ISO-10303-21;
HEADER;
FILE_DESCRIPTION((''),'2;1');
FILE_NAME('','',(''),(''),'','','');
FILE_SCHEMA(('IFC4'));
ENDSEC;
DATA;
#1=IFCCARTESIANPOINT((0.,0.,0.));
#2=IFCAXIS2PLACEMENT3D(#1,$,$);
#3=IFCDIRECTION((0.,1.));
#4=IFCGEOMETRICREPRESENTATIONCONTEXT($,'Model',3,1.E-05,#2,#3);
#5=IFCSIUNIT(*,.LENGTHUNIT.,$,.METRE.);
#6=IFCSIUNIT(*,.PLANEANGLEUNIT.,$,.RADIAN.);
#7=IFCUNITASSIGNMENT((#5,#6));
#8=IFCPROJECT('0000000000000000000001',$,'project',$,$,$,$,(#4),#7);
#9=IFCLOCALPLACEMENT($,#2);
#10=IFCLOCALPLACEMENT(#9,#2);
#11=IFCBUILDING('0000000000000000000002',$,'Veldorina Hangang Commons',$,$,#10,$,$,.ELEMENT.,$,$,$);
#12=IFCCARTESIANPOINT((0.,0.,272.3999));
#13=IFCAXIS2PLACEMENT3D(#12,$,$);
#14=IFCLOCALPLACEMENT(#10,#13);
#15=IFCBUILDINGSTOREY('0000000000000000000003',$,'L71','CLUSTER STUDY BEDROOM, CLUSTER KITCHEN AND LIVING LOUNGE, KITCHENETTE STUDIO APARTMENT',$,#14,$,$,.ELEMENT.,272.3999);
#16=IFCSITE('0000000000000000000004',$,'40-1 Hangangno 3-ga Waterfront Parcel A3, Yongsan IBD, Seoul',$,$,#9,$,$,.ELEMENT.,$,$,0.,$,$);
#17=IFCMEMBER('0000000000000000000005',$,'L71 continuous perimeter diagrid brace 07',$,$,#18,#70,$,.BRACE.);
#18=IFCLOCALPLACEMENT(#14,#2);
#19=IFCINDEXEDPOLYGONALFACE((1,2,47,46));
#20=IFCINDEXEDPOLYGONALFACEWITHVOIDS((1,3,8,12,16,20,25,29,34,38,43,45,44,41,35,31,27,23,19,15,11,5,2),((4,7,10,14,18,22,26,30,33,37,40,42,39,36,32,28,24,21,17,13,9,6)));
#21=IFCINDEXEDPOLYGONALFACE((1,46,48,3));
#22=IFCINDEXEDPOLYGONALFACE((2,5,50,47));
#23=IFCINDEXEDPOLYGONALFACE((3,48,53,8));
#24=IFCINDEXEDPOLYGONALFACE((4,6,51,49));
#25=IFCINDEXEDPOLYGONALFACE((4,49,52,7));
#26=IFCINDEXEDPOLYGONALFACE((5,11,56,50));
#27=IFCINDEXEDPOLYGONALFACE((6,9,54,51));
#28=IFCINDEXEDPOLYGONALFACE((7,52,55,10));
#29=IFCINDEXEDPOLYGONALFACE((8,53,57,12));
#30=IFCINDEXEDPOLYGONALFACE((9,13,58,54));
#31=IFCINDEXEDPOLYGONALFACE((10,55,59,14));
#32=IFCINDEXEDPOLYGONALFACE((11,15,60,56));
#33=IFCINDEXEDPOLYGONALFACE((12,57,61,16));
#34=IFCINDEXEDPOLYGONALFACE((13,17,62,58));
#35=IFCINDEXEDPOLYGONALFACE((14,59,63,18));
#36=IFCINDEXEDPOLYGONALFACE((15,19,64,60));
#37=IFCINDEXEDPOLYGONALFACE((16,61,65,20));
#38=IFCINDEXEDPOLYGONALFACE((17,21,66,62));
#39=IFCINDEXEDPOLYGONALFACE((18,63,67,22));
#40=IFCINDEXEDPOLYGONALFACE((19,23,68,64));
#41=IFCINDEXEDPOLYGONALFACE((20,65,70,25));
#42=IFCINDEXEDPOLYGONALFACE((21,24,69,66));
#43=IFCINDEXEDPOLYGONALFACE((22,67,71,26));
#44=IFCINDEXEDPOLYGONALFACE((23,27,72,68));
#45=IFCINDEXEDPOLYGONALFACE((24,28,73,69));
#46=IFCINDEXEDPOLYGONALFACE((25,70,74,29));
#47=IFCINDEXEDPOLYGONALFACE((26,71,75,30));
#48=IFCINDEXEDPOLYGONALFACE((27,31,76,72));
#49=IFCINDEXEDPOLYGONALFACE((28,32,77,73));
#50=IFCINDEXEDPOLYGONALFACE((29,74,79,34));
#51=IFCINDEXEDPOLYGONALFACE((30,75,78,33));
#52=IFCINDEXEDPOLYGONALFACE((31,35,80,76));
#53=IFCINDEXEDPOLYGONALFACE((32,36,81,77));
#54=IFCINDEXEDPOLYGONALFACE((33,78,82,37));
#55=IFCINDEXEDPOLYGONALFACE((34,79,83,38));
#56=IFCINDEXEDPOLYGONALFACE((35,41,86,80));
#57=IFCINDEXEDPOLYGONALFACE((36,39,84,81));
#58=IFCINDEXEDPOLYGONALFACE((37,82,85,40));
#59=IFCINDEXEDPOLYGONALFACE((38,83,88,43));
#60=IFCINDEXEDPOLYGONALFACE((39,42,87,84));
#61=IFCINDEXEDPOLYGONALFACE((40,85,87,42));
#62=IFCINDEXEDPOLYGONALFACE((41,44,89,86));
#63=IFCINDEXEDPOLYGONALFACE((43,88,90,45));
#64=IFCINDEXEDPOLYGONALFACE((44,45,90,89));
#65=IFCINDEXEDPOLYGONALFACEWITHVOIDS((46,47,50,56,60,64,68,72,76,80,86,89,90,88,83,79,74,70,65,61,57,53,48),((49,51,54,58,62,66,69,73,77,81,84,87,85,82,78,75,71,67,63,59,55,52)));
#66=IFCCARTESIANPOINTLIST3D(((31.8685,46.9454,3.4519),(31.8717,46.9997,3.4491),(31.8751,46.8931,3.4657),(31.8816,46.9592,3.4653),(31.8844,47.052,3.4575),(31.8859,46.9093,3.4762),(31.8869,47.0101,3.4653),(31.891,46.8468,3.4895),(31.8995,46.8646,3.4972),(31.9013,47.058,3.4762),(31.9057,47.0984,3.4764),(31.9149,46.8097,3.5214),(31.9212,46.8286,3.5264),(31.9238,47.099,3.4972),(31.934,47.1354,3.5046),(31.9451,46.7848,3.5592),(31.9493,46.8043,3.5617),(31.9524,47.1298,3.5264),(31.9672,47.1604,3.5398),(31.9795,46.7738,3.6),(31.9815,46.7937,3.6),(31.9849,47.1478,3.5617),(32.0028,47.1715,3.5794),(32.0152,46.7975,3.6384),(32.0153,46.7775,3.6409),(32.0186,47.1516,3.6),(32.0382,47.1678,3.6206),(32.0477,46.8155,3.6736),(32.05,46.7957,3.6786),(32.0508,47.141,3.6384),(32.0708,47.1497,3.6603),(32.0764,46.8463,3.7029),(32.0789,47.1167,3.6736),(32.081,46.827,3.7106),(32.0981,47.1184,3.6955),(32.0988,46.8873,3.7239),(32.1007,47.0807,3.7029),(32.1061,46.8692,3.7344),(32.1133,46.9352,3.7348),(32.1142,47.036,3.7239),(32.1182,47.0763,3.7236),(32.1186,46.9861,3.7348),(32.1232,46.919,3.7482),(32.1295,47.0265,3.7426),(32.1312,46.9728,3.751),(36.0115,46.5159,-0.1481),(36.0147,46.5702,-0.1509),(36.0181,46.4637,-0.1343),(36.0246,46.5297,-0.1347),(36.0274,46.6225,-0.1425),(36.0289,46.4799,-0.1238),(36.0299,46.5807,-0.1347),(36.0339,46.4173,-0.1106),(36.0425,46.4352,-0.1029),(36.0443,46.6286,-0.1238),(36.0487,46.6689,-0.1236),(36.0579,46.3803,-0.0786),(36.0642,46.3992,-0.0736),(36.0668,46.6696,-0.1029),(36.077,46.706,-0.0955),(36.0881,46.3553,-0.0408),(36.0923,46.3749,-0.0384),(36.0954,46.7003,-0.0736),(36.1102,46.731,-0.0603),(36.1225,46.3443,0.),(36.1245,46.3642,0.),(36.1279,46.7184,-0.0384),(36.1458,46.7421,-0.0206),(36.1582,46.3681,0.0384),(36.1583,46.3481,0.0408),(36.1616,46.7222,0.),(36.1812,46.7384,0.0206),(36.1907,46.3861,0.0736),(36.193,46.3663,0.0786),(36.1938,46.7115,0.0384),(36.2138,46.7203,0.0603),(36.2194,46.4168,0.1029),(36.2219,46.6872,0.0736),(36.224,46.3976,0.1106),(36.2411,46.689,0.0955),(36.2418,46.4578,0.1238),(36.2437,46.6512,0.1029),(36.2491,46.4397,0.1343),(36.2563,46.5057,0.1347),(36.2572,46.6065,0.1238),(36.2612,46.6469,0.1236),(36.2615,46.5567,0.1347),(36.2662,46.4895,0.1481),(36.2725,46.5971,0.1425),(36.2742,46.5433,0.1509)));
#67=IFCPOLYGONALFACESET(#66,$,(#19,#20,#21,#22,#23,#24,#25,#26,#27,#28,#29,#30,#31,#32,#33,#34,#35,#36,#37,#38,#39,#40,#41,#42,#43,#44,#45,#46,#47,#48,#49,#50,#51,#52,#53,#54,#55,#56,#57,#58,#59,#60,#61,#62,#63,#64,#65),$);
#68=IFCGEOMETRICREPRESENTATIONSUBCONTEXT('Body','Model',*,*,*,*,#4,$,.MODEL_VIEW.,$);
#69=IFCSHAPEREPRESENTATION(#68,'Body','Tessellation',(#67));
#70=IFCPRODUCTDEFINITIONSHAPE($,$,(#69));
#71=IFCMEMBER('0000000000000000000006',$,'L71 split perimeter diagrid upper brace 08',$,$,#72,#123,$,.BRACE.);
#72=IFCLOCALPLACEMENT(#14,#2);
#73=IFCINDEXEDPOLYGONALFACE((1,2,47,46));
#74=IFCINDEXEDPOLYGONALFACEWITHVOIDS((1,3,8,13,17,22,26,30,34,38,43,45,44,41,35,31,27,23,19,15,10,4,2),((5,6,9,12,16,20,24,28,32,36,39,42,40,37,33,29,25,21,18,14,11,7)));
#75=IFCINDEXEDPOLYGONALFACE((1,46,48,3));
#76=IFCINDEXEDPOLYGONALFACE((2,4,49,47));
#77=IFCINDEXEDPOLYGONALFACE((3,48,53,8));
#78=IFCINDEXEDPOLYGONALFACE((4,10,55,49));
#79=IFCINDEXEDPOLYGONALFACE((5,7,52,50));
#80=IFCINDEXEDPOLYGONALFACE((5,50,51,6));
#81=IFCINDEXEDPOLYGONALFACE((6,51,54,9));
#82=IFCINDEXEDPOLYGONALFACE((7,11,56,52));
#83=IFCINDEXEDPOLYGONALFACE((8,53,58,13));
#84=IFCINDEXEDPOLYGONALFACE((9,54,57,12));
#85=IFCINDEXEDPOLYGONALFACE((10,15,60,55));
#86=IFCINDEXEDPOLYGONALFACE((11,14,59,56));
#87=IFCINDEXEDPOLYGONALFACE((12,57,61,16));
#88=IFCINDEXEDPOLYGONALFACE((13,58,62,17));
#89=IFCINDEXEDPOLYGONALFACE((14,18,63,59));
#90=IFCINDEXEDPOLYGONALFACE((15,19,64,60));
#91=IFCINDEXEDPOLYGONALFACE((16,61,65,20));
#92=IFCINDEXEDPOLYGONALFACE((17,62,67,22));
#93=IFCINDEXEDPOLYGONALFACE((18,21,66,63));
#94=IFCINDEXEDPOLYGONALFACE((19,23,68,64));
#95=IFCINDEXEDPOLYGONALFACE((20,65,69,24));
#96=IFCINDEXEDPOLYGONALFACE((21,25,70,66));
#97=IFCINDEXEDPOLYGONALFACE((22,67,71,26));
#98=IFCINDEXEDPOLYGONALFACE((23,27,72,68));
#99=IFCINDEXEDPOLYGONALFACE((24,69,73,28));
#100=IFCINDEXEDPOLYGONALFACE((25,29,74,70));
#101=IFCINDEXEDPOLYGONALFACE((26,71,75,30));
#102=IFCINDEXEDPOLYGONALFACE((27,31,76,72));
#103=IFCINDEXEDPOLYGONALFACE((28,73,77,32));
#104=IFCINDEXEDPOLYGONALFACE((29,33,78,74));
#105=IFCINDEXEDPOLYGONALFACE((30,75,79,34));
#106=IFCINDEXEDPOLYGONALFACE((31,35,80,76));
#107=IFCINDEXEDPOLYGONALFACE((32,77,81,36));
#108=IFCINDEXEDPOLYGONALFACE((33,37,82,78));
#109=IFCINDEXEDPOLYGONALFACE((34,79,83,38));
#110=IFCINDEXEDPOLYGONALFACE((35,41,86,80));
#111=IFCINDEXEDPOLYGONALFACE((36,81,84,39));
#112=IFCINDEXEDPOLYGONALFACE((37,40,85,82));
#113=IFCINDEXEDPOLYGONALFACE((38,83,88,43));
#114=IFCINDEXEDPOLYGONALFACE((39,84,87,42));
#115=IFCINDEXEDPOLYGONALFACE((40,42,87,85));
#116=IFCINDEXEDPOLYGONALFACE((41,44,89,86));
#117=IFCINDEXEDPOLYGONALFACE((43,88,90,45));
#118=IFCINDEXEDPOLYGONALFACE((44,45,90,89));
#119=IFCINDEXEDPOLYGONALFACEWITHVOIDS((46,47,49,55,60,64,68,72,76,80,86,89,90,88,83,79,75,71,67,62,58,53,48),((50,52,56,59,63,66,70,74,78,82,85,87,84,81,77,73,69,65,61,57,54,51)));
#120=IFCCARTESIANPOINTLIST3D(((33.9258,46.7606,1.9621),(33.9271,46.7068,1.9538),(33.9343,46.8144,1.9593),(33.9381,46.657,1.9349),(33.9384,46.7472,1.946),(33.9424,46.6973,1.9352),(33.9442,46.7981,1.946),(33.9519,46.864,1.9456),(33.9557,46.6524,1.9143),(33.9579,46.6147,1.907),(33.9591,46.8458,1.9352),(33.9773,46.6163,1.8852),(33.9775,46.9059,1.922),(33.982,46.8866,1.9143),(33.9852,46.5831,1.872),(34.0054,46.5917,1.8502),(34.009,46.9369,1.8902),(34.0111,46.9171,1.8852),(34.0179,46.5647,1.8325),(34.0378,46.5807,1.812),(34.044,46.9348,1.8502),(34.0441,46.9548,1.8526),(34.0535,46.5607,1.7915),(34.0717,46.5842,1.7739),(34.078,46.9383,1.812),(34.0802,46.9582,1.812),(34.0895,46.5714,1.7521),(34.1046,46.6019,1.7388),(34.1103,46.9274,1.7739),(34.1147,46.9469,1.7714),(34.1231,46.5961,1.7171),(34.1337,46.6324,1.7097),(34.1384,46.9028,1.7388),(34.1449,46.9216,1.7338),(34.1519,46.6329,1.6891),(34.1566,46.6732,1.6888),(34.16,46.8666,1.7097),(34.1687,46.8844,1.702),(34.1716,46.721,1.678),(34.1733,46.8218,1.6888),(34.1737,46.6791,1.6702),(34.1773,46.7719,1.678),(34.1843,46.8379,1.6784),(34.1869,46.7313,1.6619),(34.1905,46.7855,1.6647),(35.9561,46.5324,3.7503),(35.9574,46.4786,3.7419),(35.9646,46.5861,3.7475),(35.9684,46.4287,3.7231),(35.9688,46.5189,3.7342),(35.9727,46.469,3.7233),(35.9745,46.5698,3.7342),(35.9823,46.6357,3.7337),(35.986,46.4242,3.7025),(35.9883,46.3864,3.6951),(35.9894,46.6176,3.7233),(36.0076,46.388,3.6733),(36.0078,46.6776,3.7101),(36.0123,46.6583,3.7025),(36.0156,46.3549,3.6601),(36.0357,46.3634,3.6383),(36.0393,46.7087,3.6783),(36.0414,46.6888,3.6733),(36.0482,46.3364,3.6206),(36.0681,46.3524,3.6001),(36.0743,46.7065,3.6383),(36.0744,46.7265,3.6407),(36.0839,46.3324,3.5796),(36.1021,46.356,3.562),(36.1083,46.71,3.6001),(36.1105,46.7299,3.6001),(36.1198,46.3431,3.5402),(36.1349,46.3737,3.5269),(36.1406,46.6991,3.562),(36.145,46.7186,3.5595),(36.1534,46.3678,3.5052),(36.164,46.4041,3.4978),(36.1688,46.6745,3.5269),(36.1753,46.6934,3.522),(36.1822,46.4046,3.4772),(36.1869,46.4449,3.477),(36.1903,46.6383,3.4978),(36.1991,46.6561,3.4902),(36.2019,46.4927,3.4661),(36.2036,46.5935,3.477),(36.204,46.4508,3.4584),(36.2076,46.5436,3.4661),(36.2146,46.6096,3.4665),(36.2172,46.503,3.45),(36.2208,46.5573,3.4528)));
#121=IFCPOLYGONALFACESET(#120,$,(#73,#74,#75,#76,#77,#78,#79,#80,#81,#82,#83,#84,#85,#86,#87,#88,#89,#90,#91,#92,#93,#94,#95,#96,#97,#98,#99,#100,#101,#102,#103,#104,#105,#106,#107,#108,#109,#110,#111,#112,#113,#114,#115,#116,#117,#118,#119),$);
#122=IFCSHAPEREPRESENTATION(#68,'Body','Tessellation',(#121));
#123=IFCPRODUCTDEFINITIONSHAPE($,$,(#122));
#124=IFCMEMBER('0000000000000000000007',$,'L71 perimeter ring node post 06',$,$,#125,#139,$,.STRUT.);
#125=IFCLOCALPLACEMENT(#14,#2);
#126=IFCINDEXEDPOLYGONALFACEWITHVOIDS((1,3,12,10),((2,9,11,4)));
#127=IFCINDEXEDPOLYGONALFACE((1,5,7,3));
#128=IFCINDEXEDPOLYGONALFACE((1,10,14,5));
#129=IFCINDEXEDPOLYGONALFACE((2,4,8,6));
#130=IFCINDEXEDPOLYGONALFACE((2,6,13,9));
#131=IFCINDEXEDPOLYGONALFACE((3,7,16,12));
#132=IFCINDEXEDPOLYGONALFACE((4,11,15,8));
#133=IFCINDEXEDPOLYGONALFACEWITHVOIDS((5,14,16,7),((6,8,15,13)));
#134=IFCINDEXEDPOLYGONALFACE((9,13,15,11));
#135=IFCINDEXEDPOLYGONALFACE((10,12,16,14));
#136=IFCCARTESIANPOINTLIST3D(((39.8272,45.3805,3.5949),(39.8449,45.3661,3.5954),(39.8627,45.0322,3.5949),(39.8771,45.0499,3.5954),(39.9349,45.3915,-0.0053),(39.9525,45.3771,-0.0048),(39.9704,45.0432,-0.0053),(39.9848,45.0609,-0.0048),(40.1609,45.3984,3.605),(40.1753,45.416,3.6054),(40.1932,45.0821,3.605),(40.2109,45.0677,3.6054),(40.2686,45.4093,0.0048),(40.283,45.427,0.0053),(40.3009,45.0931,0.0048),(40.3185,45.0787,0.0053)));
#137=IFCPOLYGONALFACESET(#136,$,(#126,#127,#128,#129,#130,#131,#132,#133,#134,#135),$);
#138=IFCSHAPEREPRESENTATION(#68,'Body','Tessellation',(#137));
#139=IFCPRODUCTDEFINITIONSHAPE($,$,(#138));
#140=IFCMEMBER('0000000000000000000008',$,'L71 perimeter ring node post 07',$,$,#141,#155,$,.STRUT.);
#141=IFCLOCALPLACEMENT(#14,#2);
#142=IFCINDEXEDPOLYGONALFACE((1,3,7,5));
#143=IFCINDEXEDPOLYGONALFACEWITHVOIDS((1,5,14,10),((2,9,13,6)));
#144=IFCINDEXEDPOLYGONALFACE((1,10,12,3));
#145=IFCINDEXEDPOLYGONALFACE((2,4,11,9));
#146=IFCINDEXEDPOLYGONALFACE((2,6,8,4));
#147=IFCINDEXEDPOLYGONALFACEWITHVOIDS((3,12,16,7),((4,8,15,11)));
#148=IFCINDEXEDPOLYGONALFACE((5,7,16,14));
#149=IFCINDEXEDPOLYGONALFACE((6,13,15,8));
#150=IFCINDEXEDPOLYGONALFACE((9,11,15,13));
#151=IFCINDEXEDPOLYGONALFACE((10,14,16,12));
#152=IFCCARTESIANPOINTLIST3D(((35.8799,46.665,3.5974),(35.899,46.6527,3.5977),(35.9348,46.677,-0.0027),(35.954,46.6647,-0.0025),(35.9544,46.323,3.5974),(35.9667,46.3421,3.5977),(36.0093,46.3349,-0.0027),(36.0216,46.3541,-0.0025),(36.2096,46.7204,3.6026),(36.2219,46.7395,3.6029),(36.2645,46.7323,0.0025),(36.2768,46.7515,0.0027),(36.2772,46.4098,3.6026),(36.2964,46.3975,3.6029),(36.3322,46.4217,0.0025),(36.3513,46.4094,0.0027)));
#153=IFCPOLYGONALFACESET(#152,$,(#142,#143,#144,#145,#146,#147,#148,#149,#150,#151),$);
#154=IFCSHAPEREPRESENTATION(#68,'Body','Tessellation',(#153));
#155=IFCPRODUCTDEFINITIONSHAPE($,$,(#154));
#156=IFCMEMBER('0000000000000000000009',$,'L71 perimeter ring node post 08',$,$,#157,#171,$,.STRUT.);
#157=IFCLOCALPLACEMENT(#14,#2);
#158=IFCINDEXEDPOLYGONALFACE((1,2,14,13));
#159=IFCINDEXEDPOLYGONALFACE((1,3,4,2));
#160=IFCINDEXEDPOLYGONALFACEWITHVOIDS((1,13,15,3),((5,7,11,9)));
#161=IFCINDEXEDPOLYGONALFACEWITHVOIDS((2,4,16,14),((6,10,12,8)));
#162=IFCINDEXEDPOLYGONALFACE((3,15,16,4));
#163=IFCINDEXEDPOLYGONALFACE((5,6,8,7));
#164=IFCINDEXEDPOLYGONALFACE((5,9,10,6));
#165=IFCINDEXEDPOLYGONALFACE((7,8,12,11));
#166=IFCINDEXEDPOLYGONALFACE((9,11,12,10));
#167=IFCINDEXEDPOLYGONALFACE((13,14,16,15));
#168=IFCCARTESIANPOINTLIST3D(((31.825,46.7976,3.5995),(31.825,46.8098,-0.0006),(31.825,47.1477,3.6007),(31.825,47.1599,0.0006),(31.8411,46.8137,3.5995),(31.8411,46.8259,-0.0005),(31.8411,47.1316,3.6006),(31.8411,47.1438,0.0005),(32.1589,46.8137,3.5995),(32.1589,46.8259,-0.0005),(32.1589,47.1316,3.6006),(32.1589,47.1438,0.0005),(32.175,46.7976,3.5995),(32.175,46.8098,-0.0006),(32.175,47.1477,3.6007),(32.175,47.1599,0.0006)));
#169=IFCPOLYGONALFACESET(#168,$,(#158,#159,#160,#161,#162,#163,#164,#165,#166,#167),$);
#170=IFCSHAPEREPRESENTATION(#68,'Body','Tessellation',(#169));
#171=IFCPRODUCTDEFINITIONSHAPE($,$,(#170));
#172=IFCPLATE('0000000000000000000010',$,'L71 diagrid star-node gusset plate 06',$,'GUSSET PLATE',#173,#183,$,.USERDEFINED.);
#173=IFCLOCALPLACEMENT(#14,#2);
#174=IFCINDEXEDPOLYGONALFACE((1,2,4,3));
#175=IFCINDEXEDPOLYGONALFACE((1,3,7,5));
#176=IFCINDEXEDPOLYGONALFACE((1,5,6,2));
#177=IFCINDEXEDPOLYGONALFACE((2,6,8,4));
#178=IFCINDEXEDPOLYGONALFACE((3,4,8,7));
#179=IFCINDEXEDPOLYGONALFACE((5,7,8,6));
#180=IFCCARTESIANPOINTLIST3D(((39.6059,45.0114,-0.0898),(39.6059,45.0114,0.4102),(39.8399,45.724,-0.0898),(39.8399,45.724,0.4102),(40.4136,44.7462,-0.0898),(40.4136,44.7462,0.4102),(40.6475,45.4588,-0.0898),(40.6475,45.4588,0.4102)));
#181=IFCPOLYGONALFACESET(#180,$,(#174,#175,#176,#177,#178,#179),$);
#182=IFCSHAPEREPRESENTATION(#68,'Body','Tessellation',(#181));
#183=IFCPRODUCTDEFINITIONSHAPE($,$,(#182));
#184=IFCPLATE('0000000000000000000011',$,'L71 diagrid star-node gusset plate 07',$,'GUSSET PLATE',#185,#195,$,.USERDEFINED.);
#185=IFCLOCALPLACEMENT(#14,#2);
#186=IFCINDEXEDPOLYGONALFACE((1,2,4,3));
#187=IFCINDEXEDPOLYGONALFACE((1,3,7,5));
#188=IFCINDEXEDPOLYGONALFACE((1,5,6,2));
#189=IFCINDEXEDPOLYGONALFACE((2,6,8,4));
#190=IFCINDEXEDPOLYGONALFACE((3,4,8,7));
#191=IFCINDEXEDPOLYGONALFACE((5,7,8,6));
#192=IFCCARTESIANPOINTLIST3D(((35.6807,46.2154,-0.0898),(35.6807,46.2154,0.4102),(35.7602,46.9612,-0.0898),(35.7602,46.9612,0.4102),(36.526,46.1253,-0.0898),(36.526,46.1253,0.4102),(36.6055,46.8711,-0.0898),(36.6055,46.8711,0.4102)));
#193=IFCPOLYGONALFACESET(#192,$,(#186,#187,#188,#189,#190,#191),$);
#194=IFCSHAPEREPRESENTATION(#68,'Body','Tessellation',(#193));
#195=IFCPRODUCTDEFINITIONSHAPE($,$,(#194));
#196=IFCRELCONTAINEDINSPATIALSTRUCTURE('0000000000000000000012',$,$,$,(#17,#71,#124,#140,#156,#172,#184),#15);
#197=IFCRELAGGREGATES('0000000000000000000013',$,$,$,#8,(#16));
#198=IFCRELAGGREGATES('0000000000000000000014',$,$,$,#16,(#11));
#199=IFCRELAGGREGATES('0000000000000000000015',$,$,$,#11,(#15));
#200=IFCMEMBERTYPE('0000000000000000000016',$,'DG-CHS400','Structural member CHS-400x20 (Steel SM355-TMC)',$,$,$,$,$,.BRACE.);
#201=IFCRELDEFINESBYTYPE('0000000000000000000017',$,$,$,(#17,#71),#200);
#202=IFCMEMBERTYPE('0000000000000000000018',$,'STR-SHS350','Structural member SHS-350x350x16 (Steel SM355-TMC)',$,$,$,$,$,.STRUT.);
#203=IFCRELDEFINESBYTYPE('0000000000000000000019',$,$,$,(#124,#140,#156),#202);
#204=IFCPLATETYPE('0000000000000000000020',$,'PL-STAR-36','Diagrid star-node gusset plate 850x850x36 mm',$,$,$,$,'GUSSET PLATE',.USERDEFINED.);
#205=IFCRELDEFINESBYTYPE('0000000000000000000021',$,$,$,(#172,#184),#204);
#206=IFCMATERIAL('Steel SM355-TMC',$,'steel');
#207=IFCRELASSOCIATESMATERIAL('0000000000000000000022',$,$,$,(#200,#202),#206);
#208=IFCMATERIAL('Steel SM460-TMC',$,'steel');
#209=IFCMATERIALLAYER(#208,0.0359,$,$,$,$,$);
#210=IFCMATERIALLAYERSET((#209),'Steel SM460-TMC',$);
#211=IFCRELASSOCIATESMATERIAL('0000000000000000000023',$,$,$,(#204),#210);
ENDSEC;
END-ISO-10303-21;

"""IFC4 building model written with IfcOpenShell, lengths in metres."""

from ifc_helpers import new_model, si_unit, direction, frame, origin, origin_2d, place, context, subcontext, project, spatial, rectangle, hollow_rectangle, hollow_circle, extrude, material, layer, layer_set, material_profile, profile_set, type_object, element, save


model = new_model("IFC4")

# Units and contexts
model_context = context("Model", 3, precision=1e-05, world=origin(), true_north=direction((0.0, 1.0)))
body_context = subcontext(model_context, "Body", "Model", "MODEL_VIEW")
ifc_project = project(units=[si_unit("LENGTHUNIT", "METRE"), si_unit("PLANEANGLEUNIT", "RADIAN")], contexts=[model_context])

# Site, building, storey
site_placement = place(None, origin())
site = spatial("IfcSite", under=ifc_project, at=site_placement, Name="40-1 Hangangno 3-ga Waterfront Parcel A3, Yongsan IBD, Seoul", CompositionType="ELEMENT", RefElevation=0.0)
building_placement = place(site_placement, origin())
building = spatial("IfcBuilding", under=site, at=building_placement, Name="Veldorina Hangang Commons", CompositionType="ELEMENT")
storey_placement = place(building_placement, frame((0.0, 0.0, 272.3999)))
storey = spatial("IfcBuildingStorey", under=building, at=storey_placement, Name="L71", Description="CLUSTER STUDY BEDROOM, CLUSTER KITCHEN AND LIVING LOUNGE, KITCHENETTE STUDIO APARTMENT", CompositionType="ELEMENT", Elevation=272.3999)

# Shared definitions
ifc_material_1 = material(Name="Steel SM355-TMC", Category="steel")

# Members
ifc_material_profile_1 = material_profile(ifc_material_1, hollow_circle(Radius=0.2, WallThickness=0.02, at=origin_2d()), Name="CHS-400x20")
ifc_profile_set_1 = profile_set([ifc_material_profile_1], Name="Steel SM355-TMC")
member_type_1 = type_object("IfcMemberType", Name="DG-CHS400", Description="Structural member CHS-400x20 (Steel SM355-TMC)", PredefinedType="BRACE", material=ifc_profile_set_1)
member_1_placement = place(storey_placement, frame((36.1431, 46.5432, 0.0), z_axis=(-0.752537, 0.078003, 0.653914), x_axis=(-0.103101, -0.994671, 0.0)))
element("IfcMember", 1, at=member_1_placement, inside=storey, type_object=member_type_1, Name="L71 continuous perimeter diagrid brace 07", PredefinedType="BRACE", context=body_context, shape_type="SweptSolid", body=[
    extrude(hollow_circle(Radius=0.2, WallThickness=0.02, at=origin_2d()), origin(), (0.0, 0.0, 1.0), 5.5054),
])
member_2_placement = place(storey_placement, frame((34.0579, 46.7595, 1.812), z_axis=(0.747791, -0.084077, 0.658589), x_axis=(0.11173, 0.993739, 0.0)))
element("IfcMember", 2, at=member_2_placement, inside=storey, type_object=member_type_1, Name="L71 split perimeter diagrid upper brace 08", PredefinedType="BRACE", context=body_context, shape_type="SweptSolid", body=[
    extrude(hollow_circle(Radius=0.2, WallThickness=0.02, at=origin_2d()), origin(), (0.0, 0.0, 1.0), 2.7151),
])
ifc_material_profile_2 = material_profile(ifc_material_1, hollow_rectangle(XDim=0.3501, YDim=0.3501, WallThickness=0.0161, at=origin_2d()), Name="SHS-350x350x16")
ifc_profile_set_2 = profile_set([ifc_material_profile_2], Name="Steel SM355-TMC")
member_type_2 = type_object("IfcMemberType", Name="STR-SHS350", Description="Structural member SHS-350x350x16 (Steel SM355-TMC)", PredefinedType="STRUT", material=ifc_profile_set_2)
member_3_placement = place(storey_placement, frame((40.1267, 45.2351, 0.0), z_axis=(-0.029893, -0.00305, 0.999548), x_axis=(0.101514, -0.994834, 0.0)))
element("IfcMember", 3, at=member_3_placement, inside=storey, type_object=member_type_2, Name="L71 perimeter ring node post 06", PredefinedType="STRUT", context=body_context, shape_type="SweptSolid", body=[
    extrude(hollow_rectangle(XDim=0.3501, YDim=0.3501, WallThickness=0.0161, at=origin_2d()), origin(), (0.0, 0.0, 1.0), 3.6018),
])
member_4_placement = place(storey_placement, frame((36.1431, 46.5432, 0.0), z_axis=(-0.015257, -0.003323, 0.999878), x_axis=(0.21279, -0.977098, 0.0)))
element("IfcMember", 4, at=member_4_placement, inside=storey, type_object=member_type_2, Name="L71 perimeter ring node post 07", PredefinedType="STRUT", context=body_context, shape_type="SweptSolid", body=[
    extrude(hollow_rectangle(XDim=0.3501, YDim=0.3501, WallThickness=0.0161, at=origin_2d()), origin(), (0.0, 0.0, 1.0), 3.6006),
])
member_5_placement = place(storey_placement, frame((32.0, 46.9849, 0.0), z_axis=(0.0, -0.003391, 0.999994), x_axis=(1.0, 0.0, 0.0)))
element("IfcMember", 5, at=member_5_placement, inside=storey, type_object=member_type_2, Name="L71 perimeter ring node post 08", PredefinedType="STRUT", context=body_context, shape_type="SweptSolid", body=[
    extrude(hollow_rectangle(XDim=0.3501, YDim=0.3501, WallThickness=0.0161, at=origin_2d()), origin(), (0.0, 0.0, 1.0), 3.6001),
])

# Plates
ifc_material_2 = material(Name="Steel SM460-TMC", Category="steel")
ifc_layer_1 = layer(ifc_material_2, 0.0359)
ifc_layer_set_1 = layer_set([ifc_layer_1], Name="Steel SM460-TMC")
plate_type = type_object("IfcPlateType", Name="PL-STAR-36", Description="Diagrid star-node gusset plate 850x850x36 mm", ElementType="GUSSET PLATE", PredefinedType="USERDEFINED", material=ifc_layer_set_1)
for number, where, z_axis, x_axis, name in (
    (6, (40.1267, 45.2351, -0.0898), (0.0, 0.0, 1.0), (-0.950097, 0.311954, 0.0), "L71 diagrid star-node gusset plate 06"),
    (7, (36.1431, 46.5432, -0.0898), (0.0, 0.0, 1.0), (-0.994368, 0.105986, 0.0), "L71 diagrid star-node gusset plate 07"),
):
    element("IfcPlate", number, at=place(storey_placement, frame(where, z_axis=z_axis, x_axis=x_axis)), inside=storey, type_object=plate_type, Name=name, ObjectType="GUSSET PLATE", PredefinedType="USERDEFINED", context=body_context, shape_type="SweptSolid", body=[
        extrude(rectangle(XDim=0.8501, YDim=0.75, at=origin_2d()), origin(), (0.0, 0.0, 1.0), 0.5),
    ])

save(model, "model.ifc")
